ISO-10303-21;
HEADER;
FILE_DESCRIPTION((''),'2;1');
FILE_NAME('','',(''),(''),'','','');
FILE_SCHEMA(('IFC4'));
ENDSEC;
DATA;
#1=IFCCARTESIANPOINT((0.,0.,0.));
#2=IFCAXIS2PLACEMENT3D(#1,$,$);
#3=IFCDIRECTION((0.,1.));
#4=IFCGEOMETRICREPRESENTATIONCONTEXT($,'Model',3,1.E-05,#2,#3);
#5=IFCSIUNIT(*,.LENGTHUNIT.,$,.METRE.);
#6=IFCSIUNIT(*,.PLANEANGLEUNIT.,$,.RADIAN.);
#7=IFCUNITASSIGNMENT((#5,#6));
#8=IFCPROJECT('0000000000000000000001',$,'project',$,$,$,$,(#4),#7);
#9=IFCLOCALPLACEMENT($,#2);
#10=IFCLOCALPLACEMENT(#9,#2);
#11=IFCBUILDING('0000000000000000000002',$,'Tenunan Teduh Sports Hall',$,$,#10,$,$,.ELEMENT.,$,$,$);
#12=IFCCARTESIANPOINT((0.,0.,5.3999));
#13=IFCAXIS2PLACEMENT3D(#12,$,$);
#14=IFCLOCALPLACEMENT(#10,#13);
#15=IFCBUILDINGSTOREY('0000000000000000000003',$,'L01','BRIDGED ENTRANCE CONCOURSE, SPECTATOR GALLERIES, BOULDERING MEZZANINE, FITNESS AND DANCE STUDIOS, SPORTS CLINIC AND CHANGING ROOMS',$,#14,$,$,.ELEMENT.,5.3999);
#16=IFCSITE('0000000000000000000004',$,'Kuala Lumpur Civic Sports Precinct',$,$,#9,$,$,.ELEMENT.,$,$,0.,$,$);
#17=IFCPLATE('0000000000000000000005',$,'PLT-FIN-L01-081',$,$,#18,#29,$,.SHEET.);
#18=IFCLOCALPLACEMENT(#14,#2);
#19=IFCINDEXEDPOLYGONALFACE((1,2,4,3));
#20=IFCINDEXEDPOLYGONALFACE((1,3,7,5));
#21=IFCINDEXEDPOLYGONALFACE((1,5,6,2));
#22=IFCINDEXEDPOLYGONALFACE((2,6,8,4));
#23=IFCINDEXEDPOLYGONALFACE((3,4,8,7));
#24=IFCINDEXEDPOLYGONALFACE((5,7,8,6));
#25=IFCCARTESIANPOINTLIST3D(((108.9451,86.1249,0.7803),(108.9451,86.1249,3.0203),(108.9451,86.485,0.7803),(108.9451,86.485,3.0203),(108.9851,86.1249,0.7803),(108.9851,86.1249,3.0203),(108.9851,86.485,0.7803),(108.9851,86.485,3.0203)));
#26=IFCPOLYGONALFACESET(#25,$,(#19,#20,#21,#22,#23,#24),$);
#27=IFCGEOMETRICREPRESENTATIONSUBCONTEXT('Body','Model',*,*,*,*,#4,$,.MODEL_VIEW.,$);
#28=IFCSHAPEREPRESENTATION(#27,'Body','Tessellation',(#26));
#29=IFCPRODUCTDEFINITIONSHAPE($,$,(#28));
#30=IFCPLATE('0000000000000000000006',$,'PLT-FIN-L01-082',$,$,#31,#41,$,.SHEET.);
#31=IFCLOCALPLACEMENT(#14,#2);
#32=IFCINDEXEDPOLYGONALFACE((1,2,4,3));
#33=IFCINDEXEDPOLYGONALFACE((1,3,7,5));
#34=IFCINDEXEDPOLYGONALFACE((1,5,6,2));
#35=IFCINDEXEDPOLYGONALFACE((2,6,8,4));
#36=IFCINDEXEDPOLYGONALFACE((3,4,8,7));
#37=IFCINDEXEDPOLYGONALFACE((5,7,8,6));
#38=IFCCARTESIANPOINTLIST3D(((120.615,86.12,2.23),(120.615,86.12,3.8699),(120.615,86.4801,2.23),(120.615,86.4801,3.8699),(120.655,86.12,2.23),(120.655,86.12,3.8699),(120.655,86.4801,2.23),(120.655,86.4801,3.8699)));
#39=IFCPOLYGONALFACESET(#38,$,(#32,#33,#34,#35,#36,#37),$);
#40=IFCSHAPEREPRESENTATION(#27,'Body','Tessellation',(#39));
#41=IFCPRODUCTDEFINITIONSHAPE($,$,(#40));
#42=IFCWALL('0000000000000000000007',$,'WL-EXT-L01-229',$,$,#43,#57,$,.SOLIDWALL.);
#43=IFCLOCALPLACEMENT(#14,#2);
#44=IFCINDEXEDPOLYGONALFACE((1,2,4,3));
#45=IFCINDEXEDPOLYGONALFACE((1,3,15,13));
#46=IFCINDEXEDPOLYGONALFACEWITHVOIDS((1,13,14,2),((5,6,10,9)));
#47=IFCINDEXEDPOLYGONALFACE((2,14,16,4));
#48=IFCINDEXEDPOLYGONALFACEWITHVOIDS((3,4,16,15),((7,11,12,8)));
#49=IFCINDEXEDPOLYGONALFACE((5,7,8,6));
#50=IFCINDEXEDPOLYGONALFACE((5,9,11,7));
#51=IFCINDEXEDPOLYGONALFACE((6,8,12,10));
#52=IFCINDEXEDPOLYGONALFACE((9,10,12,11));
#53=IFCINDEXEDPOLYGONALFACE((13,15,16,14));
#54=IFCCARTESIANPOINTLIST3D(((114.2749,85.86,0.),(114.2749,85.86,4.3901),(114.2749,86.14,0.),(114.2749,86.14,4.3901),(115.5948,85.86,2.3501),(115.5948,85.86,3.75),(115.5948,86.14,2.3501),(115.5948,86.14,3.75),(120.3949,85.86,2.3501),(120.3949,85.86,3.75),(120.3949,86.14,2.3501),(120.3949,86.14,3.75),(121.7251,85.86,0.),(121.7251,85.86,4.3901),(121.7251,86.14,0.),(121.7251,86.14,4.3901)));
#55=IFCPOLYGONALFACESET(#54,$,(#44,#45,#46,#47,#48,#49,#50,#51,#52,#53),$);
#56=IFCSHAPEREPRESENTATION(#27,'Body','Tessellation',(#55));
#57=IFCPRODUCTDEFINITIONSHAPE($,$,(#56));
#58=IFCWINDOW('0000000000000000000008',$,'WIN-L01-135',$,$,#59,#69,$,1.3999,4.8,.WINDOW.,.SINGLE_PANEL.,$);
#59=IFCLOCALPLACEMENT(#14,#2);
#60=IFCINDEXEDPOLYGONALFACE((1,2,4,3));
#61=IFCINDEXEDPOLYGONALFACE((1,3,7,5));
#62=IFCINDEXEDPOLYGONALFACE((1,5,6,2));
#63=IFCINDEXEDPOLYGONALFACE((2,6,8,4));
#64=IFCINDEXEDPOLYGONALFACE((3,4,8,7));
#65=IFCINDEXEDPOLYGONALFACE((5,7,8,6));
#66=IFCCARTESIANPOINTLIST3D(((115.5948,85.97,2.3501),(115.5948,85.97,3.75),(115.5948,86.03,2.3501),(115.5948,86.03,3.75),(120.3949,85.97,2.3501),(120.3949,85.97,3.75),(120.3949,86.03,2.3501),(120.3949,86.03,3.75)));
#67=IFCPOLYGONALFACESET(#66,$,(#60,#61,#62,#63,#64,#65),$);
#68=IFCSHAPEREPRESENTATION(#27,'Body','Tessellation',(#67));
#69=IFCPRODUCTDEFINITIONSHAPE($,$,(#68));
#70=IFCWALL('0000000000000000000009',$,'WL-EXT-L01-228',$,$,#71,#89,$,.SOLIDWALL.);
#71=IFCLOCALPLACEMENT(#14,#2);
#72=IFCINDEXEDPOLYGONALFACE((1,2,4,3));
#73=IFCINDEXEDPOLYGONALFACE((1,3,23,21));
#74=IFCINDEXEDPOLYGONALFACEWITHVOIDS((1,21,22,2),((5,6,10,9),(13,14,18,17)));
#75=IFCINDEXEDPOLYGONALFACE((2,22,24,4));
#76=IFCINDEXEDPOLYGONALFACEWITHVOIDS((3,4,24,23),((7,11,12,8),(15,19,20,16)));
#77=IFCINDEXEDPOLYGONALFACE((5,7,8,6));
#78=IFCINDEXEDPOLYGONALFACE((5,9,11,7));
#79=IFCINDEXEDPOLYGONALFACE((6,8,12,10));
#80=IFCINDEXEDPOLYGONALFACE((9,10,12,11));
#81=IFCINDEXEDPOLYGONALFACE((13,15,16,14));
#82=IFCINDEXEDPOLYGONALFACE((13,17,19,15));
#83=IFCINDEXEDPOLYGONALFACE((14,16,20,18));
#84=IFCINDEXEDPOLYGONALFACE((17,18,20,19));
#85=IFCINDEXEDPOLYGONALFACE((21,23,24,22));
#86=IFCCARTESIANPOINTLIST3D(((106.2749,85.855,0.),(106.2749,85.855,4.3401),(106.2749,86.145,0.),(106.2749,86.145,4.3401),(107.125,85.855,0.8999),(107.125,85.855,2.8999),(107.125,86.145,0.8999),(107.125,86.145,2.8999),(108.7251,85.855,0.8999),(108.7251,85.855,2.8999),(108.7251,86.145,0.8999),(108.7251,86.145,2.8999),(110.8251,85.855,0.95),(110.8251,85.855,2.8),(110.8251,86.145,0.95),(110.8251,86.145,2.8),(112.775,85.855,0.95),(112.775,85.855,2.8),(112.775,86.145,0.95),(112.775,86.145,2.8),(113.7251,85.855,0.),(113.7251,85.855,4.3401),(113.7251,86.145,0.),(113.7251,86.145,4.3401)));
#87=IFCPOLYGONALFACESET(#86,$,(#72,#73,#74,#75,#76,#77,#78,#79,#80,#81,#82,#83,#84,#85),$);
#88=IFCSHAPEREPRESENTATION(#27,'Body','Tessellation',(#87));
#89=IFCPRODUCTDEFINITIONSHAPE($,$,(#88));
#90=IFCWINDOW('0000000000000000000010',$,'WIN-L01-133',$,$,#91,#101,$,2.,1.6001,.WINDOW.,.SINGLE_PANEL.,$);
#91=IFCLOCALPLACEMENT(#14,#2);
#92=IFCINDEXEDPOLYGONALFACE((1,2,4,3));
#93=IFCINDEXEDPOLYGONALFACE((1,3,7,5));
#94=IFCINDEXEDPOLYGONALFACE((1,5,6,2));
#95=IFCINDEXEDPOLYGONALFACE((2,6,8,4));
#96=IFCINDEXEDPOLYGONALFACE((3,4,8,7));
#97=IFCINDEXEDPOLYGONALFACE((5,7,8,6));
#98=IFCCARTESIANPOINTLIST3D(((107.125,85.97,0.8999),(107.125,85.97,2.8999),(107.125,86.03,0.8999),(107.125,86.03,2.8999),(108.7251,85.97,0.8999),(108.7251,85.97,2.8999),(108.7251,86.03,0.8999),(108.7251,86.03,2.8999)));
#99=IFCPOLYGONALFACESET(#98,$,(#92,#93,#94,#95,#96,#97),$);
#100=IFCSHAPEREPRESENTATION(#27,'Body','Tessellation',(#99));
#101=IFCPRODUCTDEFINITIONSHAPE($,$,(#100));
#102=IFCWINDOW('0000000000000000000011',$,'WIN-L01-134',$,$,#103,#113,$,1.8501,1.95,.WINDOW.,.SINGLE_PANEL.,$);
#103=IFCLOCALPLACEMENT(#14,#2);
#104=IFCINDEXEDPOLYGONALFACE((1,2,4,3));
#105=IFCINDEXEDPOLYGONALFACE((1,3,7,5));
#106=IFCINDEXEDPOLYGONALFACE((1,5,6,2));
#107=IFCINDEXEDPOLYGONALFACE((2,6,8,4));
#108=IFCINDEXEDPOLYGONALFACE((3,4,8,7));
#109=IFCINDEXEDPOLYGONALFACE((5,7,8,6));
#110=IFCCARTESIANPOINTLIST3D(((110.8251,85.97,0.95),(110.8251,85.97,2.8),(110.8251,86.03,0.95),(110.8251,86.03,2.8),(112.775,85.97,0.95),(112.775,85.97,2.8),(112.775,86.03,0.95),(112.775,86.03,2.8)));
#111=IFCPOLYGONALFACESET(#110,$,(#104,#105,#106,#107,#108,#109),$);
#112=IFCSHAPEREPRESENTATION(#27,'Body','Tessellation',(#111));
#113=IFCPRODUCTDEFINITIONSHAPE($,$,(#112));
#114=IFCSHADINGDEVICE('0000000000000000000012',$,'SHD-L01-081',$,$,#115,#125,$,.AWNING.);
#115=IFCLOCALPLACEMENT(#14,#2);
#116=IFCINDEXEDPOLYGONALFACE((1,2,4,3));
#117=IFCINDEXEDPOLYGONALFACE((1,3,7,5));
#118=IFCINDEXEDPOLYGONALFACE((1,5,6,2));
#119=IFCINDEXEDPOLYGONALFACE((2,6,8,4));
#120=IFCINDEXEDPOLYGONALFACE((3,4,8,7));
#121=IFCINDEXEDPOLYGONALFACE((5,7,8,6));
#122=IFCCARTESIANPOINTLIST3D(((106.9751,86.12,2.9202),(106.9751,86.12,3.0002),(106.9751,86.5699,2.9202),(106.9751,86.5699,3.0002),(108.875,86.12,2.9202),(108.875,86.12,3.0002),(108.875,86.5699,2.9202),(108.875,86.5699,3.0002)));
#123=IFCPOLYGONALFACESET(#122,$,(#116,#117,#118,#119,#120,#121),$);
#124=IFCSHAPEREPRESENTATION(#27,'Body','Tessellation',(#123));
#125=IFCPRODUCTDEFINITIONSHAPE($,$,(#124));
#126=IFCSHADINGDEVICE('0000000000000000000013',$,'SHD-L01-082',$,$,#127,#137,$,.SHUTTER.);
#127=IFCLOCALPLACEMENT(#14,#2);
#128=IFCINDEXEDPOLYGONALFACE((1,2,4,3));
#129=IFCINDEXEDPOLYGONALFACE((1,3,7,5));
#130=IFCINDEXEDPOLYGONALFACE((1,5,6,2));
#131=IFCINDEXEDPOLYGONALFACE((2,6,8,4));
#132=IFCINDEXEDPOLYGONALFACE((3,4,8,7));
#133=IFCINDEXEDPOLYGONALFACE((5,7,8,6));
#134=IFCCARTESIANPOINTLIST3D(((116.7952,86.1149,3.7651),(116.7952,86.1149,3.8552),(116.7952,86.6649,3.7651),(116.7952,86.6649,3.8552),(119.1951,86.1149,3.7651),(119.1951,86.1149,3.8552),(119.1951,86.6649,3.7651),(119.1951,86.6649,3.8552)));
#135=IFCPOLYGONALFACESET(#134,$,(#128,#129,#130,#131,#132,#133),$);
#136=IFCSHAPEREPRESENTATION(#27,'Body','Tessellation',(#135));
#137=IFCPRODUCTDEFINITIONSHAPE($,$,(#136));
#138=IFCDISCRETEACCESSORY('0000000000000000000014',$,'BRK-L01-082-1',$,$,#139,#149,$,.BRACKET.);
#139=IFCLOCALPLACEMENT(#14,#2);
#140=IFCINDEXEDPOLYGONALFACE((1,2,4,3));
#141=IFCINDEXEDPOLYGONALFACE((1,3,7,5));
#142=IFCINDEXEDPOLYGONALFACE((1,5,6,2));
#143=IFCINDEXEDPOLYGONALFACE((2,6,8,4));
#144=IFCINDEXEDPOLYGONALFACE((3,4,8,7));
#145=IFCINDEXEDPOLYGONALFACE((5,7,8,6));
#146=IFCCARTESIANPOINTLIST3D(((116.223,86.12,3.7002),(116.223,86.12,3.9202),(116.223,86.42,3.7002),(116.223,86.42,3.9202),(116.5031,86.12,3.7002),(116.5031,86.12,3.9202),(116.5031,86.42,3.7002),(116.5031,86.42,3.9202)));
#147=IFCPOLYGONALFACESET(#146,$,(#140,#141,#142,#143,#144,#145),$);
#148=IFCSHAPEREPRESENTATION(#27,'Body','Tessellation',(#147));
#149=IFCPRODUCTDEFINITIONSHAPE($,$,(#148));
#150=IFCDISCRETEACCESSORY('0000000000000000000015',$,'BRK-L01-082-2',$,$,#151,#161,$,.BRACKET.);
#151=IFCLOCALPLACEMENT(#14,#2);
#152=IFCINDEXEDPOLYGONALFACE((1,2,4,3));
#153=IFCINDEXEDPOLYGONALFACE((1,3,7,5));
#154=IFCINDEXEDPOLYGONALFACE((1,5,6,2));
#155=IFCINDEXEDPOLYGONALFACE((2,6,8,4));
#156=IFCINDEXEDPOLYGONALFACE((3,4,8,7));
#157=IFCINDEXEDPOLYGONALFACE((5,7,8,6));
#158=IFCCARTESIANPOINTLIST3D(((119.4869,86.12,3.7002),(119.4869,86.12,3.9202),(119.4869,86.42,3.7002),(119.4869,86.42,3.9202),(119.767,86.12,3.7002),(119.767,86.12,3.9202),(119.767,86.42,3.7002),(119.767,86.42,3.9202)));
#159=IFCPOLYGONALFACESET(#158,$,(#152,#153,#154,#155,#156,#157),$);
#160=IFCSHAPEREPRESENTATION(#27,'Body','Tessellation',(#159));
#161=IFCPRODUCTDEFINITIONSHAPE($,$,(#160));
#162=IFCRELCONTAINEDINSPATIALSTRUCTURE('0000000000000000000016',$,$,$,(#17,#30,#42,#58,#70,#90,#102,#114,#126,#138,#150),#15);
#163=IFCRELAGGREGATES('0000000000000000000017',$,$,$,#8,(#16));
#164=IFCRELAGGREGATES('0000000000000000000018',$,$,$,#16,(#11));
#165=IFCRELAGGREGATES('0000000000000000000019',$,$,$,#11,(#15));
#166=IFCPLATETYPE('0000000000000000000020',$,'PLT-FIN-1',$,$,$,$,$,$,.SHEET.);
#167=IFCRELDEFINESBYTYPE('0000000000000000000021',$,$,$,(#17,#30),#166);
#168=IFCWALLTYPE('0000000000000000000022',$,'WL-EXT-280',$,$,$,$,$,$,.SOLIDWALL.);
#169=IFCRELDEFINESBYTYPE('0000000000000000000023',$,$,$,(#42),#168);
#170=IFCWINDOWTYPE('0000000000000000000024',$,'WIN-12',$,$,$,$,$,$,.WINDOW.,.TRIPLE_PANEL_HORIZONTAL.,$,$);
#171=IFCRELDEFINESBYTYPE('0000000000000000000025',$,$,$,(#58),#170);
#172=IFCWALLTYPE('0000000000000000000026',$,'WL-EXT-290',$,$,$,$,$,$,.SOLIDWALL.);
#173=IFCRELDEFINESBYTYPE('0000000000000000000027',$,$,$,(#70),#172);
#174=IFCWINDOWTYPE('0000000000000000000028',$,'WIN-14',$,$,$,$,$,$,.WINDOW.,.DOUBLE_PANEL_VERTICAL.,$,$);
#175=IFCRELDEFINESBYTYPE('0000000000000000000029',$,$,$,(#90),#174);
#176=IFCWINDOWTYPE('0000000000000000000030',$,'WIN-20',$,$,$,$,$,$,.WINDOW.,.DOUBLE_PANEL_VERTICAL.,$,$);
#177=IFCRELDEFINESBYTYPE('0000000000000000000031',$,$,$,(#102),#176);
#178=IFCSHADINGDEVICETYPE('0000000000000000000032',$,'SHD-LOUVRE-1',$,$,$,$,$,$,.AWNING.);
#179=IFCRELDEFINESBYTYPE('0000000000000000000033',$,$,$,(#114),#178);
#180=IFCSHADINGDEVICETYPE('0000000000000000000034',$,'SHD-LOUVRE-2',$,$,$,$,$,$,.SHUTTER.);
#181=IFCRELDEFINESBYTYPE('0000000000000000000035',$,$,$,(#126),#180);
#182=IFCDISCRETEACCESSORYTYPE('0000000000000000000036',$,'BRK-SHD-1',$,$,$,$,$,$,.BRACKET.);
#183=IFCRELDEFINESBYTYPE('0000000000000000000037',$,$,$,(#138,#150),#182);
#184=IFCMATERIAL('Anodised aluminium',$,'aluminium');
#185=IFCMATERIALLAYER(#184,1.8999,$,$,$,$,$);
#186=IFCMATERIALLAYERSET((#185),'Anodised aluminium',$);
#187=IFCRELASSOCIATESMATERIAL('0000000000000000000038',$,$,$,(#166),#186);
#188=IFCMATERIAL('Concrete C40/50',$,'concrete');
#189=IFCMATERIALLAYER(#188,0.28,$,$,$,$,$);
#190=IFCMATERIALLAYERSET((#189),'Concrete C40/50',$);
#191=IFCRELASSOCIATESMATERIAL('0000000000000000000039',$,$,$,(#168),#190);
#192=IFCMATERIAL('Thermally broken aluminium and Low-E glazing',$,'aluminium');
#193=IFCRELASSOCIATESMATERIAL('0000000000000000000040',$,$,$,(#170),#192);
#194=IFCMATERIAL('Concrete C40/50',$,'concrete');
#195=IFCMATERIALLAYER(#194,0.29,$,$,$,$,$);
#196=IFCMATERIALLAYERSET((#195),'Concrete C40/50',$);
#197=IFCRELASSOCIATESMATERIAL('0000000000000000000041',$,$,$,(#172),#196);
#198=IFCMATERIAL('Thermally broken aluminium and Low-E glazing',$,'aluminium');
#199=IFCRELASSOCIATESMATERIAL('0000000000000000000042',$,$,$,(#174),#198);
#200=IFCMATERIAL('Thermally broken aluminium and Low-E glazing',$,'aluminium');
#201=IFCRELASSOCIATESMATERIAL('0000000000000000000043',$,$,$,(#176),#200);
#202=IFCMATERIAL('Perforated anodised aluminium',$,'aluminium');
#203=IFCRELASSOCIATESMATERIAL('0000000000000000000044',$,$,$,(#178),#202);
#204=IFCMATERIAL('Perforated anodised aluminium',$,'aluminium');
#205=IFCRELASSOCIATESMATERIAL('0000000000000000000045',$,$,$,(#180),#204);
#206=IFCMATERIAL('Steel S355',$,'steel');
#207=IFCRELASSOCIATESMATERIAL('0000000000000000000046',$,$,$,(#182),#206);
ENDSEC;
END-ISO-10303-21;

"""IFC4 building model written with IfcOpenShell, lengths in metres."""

from ifc_helpers import new_model, si_unit, direction, frame, frame_2d, origin, origin_2d, place, context, subcontext, project, spatial, rectangle, extrude, material, layer, layer_set, type_object, element, fill, save


model = new_model("IFC4")

# Units and contexts
model_context = context("Model", 3, precision=1e-05, world=origin(), true_north=direction((0.0, 1.0)))
body_context = subcontext(model_context, "Body", "Model", "MODEL_VIEW")
ifc_project = project(units=[si_unit("LENGTHUNIT", "METRE"), si_unit("PLANEANGLEUNIT", "RADIAN")], contexts=[model_context])

# Site, building, storey
site_placement = place(None, origin())
site = spatial("IfcSite", under=ifc_project, at=site_placement, Name="Kuala Lumpur Civic Sports Precinct", CompositionType="ELEMENT", RefElevation=0.0)
building_placement = place(site_placement, origin())
building = spatial("IfcBuilding", under=site, at=building_placement, Name="Tenunan Teduh Sports Hall", CompositionType="ELEMENT")
storey_placement = place(building_placement, frame((0.0, 0.0, 5.3999)))
storey = spatial("IfcBuildingStorey", under=building, at=storey_placement, Name="L01", Description="BRIDGED ENTRANCE CONCOURSE, SPECTATOR GALLERIES, BOULDERING MEZZANINE, FITNESS AND DANCE STUDIOS, SPORTS CLINIC AND CHANGING ROOMS", CompositionType="ELEMENT", Elevation=5.3999)

# Plates
ifc_material_1 = material(Name="Anodised aluminium", Category="aluminium")
ifc_layer_1 = layer(ifc_material_1, 1.8999)
ifc_layer_set_1 = layer_set([ifc_layer_1], Name="Anodised aluminium")
plate_type = type_object("IfcPlateType", Name="PLT-FIN-1", PredefinedType="SHEET", material=ifc_layer_set_1)
plate_1_placement = place(storey_placement, frame((108.9651, 86.3049, 0.7803), z_axis=(0.0, 0.0, 1.0), x_axis=(1.0, 0.0, 0.0)))
element("IfcPlate", 1, at=plate_1_placement, inside=storey, type_object=plate_type, Name="PLT-FIN-L01-081", PredefinedType="SHEET", context=body_context, shape_type="SweptSolid", body=[
    extrude(rectangle(XDim=0.04, YDim=0.3601, at=origin_2d()), origin(), (0.0, 0.0, 1.0), 2.24),
])
plate_2_placement = place(storey_placement, frame((120.635, 86.3, 2.23), z_axis=(0.0, 0.0, 1.0), x_axis=(1.0, 0.0, 0.0)))
element("IfcPlate", 2, at=plate_2_placement, inside=storey, type_object=plate_type, Name="PLT-FIN-L01-082", PredefinedType="SHEET", context=body_context, shape_type="SweptSolid", body=[
    extrude(rectangle(XDim=0.04, YDim=0.3601, at=origin_2d()), origin(), (0.0, 0.0, 1.0), 1.6399),
])

# Wall, opening, window
ifc_material_2 = material(Name="Concrete C40/50", Category="concrete")
ifc_layer_2 = layer(ifc_material_2, 0.28)
ifc_layer_set_2 = layer_set([ifc_layer_2], Name="Concrete C40/50")
wall_type_1 = type_object("IfcWallType", Name="WL-EXT-280", PredefinedType="SOLIDWALL", material=ifc_layer_set_2)
wall_1_placement = place(storey_placement, frame((114.2749, 86.0, 0.0), z_axis=(0.0, 0.0, 1.0), x_axis=(1.0, 0.0, 0.0)))
wall_1 = element("IfcWall", 3, at=wall_1_placement, inside=storey, type_object=wall_type_1, Name="WL-EXT-L01-229", PredefinedType="SOLIDWALL", context=body_context, shape_type="SweptSolid", body=[
    extrude(rectangle(XDim=7.4502, YDim=0.28, at=frame_2d((3.7251, 0.0))), origin(), (0.0, 0.0, 1.0), 4.3901),
])
opening_1_placement = place(wall_1_placement, frame((1.3201, 0.0, 2.3501)))
opening_1 = element("IfcOpeningElement", 4, at=opening_1_placement, cuts=wall_1, PredefinedType="OPENING", context=body_context, shape_type="SweptSolid", body=[
    extrude(rectangle(XDim=4.8, YDim=1.3999, at=frame_2d((2.3999, 0.7))), frame((0.0, 0.1499, 0.0), z_axis=(0.0, -1.0, 0.0), x_axis=(1.0, 0.0, 0.0)), (0.0, 0.0, 1.0), 0.3),
])
ifc_material_3 = material(Name="Thermally broken aluminium and Low-E glazing", Category="aluminium")
window_type_1 = type_object("IfcWindowType", Name="WIN-12", PartitioningType="TRIPLE_PANEL_HORIZONTAL", PredefinedType="WINDOW", material=ifc_material_3)
window_1_placement = place(opening_1_placement, origin())
window_1 = element("IfcWindow", 5, at=window_1_placement, inside=storey, type_object=window_type_1, Name="WIN-L01-135", OverallHeight=1.3999, OverallWidth=4.8, PartitioningType="SINGLE_PANEL", PredefinedType="WINDOW", context=body_context, shape_type="SweptSolid", body=[
    extrude(rectangle(XDim=4.8, YDim=1.3999, at=frame_2d((2.3999, 0.7))), frame((0.0, 0.03, 0.0), z_axis=(0.0, -1.0, 0.0), x_axis=(1.0, 0.0, 0.0)), (0.0, 0.0, 1.0), 0.0601),
])
fill(opening_1, window_1)

# Wall, openings, windows
ifc_material_4 = material(Name="Concrete C40/50", Category="concrete")
ifc_layer_3 = layer(ifc_material_4, 0.29)
ifc_layer_set_3 = layer_set([ifc_layer_3], Name="Concrete C40/50")
wall_type_2 = type_object("IfcWallType", Name="WL-EXT-290", PredefinedType="SOLIDWALL", material=ifc_layer_set_3)
wall_2_placement = place(storey_placement, frame((106.2749, 86.0, 0.0), z_axis=(0.0, 0.0, 1.0), x_axis=(1.0, 0.0, 0.0)))
wall_2 = element("IfcWall", 6, at=wall_2_placement, inside=storey, type_object=wall_type_2, Name="WL-EXT-L01-228", PredefinedType="SOLIDWALL", context=body_context, shape_type="SweptSolid", body=[
    extrude(rectangle(XDim=7.4502, YDim=0.29, at=frame_2d((3.7251, 0.0))), origin(), (0.0, 0.0, 1.0), 4.3401),
])
opening_2_placement = place(wall_2_placement, frame((0.8501, 0.0, 0.8999)))
opening_2 = element("IfcOpeningElement", 7, at=opening_2_placement, cuts=wall_2, PredefinedType="OPENING", context=body_context, shape_type="SweptSolid", body=[
    extrude(rectangle(XDim=1.6001, YDim=2.0, at=frame_2d((0.8, 1.0))), frame((0.0, 0.155, 0.0), z_axis=(0.0, -1.0, 0.0), x_axis=(1.0, 0.0, 0.0)), (0.0, 0.0, 1.0), 0.3101),
])
opening_3_placement = place(wall_2_placement, frame((4.55, 0.0, 0.95)))
opening_3 = element("IfcOpeningElement", 8, at=opening_3_placement, cuts=wall_2, PredefinedType="OPENING", context=body_context, shape_type="SweptSolid", body=[
    extrude(rectangle(XDim=1.95, YDim=1.8501, at=frame_2d((0.9751, 0.925))), frame((0.0, 0.155, 0.0), z_axis=(0.0, -1.0, 0.0), x_axis=(1.0, 0.0, 0.0)), (0.0, 0.0, 1.0), 0.3101),
])
ifc_material_5 = material(Name="Thermally broken aluminium and Low-E glazing", Category="aluminium")
window_type_2 = type_object("IfcWindowType", Name="WIN-14", PartitioningType="DOUBLE_PANEL_VERTICAL", PredefinedType="WINDOW", material=ifc_material_5)
window_2_placement = place(opening_2_placement, origin())
window_2 = element("IfcWindow", 9, at=window_2_placement, inside=storey, type_object=window_type_2, Name="WIN-L01-133", OverallHeight=2.0, OverallWidth=1.6001, PartitioningType="SINGLE_PANEL", PredefinedType="WINDOW", context=body_context, shape_type="SweptSolid", body=[
    extrude(rectangle(XDim=1.6001, YDim=2.0, at=frame_2d((0.8, 1.0))), frame((0.0, 0.03, 0.0), z_axis=(0.0, -1.0, 0.0), x_axis=(1.0, 0.0, 0.0)), (0.0, 0.0, 1.0), 0.0601),
])
fill(opening_2, window_2)
ifc_material_6 = material(Name="Thermally broken aluminium and Low-E glazing", Category="aluminium")
window_type_3 = type_object("IfcWindowType", Name="WIN-20", PartitioningType="DOUBLE_PANEL_VERTICAL", PredefinedType="WINDOW", material=ifc_material_6)
window_3_placement = place(opening_3_placement, origin())
window_3 = element("IfcWindow", 10, at=window_3_placement, inside=storey, type_object=window_type_3, Name="WIN-L01-134", OverallHeight=1.8501, OverallWidth=1.95, PartitioningType="SINGLE_PANEL", PredefinedType="WINDOW", context=body_context, shape_type="SweptSolid", body=[
    extrude(rectangle(XDim=1.95, YDim=1.8501, at=frame_2d((0.9751, 0.925))), frame((0.0, 0.03, 0.0), z_axis=(0.0, -1.0, 0.0), x_axis=(1.0, 0.0, 0.0)), (0.0, 0.0, 1.0), 0.0601),
])
fill(opening_3, window_3)

# Shading devices
ifc_material_7 = material(Name="Perforated anodised aluminium", Category="aluminium")
shading_device_type_1 = type_object("IfcShadingDeviceType", Name="SHD-LOUVRE-1", PredefinedType="AWNING", material=ifc_material_7)
shading_device_1_placement = place(storey_placement, frame((107.925, 86.345, 2.9202), z_axis=(0.0, 0.0, 1.0), x_axis=(1.0, 0.0, 0.0)))
element("IfcShadingDevice", 11, at=shading_device_1_placement, inside=storey, type_object=shading_device_type_1, Name="SHD-L01-081", PredefinedType="AWNING", context=body_context, shape_type="SweptSolid", body=[
    extrude(rectangle(XDim=1.8999, YDim=0.45, at=origin_2d()), origin(), (0.0, 0.0, 1.0), 0.0801),
])
ifc_material_8 = material(Name="Perforated anodised aluminium", Category="aluminium")
shading_device_type_2 = type_object("IfcShadingDeviceType", Name="SHD-LOUVRE-2", PredefinedType="SHUTTER", material=ifc_material_8)
shading_device_2_placement = place(storey_placement, frame((117.9951, 86.3899, 3.7651), z_axis=(0.0, 0.0, 1.0), x_axis=(1.0, 0.0, 0.0)))
element("IfcShadingDevice", 12, at=shading_device_2_placement, inside=storey, type_object=shading_device_type_2, Name="SHD-L01-082", PredefinedType="SHUTTER", context=body_context, shape_type="SweptSolid", body=[
    extrude(rectangle(XDim=2.3999, YDim=0.55, at=origin_2d()), origin(), (0.0, 0.0, 1.0), 0.0901),
])

# Discrete accessories
ifc_material_9 = material(Name="Steel S355", Category="steel")
discrete_accessory_type_1 = type_object("IfcDiscreteAccessoryType", Name="BRK-SHD-1", PredefinedType="BRACKET", material=ifc_material_9)
for number, where, z_axis, x_axis, name in (
    (13, (116.363, 86.27, 3.7002), (0.0, 0.0, 1.0), (1.0, 0.0, 0.0), "BRK-L01-082-1"),
    (14, (119.627, 86.27, 3.7002), (0.0, 0.0, 1.0), (1.0, 0.0, 0.0), "BRK-L01-082-2"),
):
    element("IfcDiscreteAccessory", number, at=place(storey_placement, frame(where, z_axis=z_axis, x_axis=x_axis)), inside=storey, type_object=discrete_accessory_type_1, Name=name, PredefinedType="BRACKET", context=body_context, shape_type="SweptSolid", body=[
        extrude(rectangle(XDim=0.28, YDim=0.3, at=origin_2d()), origin(), (0.0, 0.0, 1.0), 0.22),
    ])

save(model, "model.ifc")
